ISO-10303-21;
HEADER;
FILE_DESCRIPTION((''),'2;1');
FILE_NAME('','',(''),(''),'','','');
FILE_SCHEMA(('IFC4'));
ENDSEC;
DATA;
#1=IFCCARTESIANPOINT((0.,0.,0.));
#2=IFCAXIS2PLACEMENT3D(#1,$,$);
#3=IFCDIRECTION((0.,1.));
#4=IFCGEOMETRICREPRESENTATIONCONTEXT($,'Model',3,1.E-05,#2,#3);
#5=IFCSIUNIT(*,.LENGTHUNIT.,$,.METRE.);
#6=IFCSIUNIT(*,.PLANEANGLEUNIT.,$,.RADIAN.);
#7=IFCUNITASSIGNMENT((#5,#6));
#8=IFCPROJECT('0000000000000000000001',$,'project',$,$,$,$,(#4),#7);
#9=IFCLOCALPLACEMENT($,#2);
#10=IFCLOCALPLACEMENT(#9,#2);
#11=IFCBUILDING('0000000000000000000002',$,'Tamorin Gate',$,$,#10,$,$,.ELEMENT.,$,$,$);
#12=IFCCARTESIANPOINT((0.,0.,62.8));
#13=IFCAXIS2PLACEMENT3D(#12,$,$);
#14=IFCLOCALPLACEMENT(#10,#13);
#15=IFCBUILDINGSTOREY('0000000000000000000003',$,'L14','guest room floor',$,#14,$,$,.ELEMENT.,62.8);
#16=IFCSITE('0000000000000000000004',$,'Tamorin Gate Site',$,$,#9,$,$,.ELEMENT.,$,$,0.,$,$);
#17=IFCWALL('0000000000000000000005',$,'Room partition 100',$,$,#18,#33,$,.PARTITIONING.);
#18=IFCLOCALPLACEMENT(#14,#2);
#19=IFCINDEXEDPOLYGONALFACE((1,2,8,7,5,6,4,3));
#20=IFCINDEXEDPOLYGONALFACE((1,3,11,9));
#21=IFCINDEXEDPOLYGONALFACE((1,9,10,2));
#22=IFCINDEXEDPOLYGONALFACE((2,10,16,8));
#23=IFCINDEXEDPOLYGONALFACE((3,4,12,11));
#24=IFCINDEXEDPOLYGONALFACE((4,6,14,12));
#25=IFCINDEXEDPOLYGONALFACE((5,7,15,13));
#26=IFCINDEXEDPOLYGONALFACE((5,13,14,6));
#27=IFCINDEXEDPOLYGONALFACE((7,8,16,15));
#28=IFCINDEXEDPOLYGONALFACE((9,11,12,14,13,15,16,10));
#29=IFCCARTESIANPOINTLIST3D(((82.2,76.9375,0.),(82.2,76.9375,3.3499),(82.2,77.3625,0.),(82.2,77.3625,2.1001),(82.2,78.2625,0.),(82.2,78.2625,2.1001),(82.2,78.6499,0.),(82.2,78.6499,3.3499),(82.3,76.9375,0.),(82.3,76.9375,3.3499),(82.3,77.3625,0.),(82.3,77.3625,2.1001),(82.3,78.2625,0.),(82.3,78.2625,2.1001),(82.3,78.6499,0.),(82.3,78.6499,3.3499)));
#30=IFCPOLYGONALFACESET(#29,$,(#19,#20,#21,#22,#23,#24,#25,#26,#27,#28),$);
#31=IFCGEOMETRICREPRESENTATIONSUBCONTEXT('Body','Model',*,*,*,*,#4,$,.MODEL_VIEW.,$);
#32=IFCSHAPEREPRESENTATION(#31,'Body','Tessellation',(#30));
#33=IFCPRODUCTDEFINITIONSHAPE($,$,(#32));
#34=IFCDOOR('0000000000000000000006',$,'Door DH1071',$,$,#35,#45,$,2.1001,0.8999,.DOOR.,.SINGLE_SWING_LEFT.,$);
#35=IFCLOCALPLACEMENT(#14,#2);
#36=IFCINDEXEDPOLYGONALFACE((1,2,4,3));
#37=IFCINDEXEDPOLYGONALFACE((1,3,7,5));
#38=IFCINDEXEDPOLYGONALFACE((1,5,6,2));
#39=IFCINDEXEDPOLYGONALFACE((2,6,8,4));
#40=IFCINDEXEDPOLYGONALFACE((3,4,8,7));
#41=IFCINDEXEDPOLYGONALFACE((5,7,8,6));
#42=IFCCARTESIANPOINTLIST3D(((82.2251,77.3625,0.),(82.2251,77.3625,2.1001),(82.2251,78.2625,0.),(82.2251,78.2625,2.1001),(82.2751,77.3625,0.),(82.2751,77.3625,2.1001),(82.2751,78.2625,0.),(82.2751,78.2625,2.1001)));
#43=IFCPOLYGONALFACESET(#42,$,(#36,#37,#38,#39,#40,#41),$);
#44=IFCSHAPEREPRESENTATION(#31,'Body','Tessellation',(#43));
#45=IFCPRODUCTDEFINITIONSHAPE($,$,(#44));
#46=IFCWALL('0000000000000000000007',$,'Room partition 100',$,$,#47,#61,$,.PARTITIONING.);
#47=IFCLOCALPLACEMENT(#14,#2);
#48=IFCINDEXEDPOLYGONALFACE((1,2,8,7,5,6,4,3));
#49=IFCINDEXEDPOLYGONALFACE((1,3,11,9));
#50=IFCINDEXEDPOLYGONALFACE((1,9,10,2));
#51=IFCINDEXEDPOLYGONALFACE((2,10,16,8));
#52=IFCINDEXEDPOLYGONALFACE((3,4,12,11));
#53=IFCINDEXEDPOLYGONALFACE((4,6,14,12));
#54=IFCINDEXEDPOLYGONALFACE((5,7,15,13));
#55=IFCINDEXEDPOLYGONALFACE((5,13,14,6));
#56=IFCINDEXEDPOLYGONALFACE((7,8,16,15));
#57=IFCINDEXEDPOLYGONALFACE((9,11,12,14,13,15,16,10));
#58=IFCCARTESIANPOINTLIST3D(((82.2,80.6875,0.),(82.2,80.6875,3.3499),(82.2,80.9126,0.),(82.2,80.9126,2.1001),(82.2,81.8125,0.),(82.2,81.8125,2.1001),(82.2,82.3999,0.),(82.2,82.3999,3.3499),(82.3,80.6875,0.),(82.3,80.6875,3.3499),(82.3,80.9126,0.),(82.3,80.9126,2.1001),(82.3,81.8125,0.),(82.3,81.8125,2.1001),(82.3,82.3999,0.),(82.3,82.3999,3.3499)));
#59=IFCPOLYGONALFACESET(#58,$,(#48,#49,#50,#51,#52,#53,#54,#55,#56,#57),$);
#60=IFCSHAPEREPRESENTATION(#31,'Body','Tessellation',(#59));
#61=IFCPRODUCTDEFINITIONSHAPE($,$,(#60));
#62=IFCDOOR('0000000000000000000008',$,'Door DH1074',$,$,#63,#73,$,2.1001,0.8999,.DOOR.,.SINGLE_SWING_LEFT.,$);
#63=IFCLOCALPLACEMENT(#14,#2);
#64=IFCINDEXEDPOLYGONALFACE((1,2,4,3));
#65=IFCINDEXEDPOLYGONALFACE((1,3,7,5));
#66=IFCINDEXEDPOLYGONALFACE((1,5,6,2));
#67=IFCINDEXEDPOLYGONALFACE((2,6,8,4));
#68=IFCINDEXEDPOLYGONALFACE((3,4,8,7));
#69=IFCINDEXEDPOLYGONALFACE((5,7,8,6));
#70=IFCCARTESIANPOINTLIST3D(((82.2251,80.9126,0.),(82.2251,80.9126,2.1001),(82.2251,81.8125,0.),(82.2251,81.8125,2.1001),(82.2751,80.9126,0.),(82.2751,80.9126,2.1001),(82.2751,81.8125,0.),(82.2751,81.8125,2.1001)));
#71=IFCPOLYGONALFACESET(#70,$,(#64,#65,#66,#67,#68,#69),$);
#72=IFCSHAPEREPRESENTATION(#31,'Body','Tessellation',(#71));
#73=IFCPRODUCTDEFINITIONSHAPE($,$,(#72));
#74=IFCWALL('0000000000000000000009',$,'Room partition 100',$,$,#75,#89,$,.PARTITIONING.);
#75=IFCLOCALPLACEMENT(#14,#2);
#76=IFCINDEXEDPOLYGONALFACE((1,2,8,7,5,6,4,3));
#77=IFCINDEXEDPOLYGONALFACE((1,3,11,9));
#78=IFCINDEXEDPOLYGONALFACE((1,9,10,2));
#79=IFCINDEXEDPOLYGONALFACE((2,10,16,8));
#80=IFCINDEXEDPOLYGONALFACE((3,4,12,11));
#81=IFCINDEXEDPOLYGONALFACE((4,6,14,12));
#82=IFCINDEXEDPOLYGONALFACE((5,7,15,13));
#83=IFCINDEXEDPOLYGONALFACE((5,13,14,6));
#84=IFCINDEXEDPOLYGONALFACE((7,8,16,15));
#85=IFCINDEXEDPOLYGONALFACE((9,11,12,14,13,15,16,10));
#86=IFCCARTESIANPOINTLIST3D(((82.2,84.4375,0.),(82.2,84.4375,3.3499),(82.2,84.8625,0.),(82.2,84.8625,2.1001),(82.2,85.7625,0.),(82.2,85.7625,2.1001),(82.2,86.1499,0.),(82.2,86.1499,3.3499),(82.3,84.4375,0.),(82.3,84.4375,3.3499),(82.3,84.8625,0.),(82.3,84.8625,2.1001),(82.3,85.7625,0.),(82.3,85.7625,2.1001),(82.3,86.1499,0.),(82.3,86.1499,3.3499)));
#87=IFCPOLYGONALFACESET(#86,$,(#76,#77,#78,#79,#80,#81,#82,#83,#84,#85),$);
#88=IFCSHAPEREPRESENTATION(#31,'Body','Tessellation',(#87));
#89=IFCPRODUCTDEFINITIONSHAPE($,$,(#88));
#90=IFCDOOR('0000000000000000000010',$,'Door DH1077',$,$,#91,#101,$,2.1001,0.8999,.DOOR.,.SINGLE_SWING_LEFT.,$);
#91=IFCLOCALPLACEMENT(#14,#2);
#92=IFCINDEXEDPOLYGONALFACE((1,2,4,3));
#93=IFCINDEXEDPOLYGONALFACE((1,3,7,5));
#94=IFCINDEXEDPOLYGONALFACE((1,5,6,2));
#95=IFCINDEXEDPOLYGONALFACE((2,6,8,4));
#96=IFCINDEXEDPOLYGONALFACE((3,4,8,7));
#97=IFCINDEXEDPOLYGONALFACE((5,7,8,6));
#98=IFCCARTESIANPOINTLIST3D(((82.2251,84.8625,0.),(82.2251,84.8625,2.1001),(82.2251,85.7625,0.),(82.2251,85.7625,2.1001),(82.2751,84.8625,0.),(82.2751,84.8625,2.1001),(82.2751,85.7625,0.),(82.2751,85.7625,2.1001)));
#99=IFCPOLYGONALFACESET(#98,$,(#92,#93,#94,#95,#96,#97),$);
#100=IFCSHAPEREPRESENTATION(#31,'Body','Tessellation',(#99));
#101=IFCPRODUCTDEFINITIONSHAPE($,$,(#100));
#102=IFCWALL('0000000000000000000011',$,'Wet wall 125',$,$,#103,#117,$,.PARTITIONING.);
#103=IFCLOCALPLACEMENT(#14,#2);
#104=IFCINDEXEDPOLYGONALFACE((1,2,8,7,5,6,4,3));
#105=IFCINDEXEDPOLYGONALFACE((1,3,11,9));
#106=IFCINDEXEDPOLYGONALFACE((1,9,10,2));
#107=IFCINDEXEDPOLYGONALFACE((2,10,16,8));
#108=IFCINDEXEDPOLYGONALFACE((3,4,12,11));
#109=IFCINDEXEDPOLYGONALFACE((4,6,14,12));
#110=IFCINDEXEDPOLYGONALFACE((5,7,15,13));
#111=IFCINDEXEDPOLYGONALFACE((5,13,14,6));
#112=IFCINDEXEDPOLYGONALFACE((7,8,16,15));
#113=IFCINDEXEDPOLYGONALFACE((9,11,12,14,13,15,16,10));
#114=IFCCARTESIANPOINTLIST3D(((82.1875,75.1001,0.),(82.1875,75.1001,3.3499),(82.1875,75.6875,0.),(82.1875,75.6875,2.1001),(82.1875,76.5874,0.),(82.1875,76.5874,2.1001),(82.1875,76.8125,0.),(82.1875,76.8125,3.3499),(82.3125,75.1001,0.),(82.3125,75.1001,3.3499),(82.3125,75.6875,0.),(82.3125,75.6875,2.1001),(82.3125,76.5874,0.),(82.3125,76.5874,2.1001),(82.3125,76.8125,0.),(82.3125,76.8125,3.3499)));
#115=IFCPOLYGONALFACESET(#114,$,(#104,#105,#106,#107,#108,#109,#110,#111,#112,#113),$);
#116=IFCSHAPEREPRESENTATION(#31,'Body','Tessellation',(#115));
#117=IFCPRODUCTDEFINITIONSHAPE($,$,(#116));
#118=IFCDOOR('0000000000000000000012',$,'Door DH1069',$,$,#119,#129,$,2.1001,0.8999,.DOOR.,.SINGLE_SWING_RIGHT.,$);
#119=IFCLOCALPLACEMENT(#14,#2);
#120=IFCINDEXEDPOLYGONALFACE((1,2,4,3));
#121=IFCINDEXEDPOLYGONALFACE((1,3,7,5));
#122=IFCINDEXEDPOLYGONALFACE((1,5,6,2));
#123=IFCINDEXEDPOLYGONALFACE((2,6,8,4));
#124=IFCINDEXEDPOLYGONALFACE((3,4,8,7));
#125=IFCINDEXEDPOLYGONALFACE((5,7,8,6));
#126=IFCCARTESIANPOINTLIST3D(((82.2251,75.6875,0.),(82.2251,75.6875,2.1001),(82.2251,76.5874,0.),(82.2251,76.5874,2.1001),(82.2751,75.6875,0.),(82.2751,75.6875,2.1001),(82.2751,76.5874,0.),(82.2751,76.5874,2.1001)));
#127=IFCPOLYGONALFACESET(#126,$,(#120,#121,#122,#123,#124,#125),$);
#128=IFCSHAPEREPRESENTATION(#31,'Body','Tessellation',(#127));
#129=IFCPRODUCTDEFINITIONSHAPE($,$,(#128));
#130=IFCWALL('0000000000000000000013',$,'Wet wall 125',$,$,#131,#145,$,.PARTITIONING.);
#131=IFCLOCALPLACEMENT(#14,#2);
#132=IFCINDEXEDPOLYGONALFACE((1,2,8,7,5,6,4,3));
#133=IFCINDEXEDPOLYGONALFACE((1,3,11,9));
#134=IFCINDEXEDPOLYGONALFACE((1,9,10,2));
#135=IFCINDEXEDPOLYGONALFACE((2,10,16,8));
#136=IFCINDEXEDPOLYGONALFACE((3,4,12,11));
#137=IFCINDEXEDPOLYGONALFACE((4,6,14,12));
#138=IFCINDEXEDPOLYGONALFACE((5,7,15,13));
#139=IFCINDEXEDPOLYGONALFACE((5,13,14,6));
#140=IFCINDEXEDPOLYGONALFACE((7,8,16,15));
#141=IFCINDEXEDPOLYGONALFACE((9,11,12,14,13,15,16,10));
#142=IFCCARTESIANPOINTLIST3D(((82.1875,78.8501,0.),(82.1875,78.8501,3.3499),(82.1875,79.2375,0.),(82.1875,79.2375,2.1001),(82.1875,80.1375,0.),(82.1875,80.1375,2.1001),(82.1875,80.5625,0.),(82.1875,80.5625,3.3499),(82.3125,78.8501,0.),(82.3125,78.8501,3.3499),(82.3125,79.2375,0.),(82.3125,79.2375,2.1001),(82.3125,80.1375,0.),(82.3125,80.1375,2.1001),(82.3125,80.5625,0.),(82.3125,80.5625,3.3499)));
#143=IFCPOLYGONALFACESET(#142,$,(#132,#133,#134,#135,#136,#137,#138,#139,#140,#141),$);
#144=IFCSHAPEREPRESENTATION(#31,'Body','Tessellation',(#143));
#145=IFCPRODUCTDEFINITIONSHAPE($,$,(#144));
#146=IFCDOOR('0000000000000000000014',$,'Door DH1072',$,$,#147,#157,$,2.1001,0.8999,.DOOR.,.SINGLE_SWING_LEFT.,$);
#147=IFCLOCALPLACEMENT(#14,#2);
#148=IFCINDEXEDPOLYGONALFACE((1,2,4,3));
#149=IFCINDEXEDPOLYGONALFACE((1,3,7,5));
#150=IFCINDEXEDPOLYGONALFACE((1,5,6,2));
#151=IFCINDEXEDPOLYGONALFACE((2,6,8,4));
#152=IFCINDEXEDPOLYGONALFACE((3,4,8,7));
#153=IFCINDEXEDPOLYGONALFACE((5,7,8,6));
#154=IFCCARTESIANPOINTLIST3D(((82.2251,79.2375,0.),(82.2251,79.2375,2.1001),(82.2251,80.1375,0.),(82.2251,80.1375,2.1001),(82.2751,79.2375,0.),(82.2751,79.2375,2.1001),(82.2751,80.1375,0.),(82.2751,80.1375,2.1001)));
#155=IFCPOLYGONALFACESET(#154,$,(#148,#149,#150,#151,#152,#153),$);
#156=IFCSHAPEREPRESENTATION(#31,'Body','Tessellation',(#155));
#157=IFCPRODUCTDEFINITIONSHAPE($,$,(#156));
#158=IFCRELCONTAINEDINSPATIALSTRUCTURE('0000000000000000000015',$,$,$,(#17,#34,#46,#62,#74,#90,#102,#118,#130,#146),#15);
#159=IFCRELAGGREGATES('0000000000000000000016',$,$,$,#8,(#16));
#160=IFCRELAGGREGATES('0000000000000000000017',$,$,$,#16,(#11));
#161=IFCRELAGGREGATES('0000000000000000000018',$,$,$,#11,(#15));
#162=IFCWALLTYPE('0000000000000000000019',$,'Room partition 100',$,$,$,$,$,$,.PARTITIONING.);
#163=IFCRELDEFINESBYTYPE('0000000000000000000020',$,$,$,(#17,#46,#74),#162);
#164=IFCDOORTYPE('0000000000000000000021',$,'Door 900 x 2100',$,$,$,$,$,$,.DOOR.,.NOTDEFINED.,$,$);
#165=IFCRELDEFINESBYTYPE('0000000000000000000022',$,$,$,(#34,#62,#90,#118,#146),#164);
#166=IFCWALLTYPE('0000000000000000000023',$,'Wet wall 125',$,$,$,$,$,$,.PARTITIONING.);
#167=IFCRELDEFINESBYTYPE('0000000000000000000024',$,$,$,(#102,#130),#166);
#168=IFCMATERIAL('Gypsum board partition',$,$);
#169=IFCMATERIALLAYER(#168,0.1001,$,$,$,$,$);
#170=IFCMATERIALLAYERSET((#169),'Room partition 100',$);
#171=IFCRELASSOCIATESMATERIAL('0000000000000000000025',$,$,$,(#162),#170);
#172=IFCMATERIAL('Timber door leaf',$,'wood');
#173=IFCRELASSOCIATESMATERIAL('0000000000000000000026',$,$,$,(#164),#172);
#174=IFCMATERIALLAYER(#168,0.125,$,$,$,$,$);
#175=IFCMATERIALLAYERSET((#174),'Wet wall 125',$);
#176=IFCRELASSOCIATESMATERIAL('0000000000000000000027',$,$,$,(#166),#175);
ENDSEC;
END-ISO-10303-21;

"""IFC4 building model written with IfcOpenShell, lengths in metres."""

from ifc_helpers import new_model, si_unit, direction, frame, frame_2d, origin, place, context, subcontext, project, spatial, rectangle, extrude, material, layer, layer_set, type_object, element, fill, save


model = new_model("IFC4")

# Units and contexts
model_context = context("Model", 3, precision=1e-05, world=origin(), true_north=direction((0.0, 1.0)))
body_context = subcontext(model_context, "Body", "Model", "MODEL_VIEW")
ifc_project = project(units=[si_unit("LENGTHUNIT", "METRE"), si_unit("PLANEANGLEUNIT", "RADIAN")], contexts=[model_context])

# Site, building, storey
site_placement = place(None, origin())
site = spatial("IfcSite", under=ifc_project, at=site_placement, Name="Tamorin Gate Site", CompositionType="ELEMENT", RefElevation=0.0)
building_placement = place(site_placement, origin())
building = spatial("IfcBuilding", under=site, at=building_placement, Name="Tamorin Gate", CompositionType="ELEMENT")
storey_placement = place(building_placement, frame((0.0, 0.0, 62.8)))
storey = spatial("IfcBuildingStorey", under=building, at=storey_placement, Name="L14", Description="guest room floor", CompositionType="ELEMENT", Elevation=62.8)

# Walls, openings, doors
ifc_material_1 = material(Name="Gypsum board partition")
ifc_layer_1 = layer(ifc_material_1, 0.1001)
ifc_layer_set_1 = layer_set([ifc_layer_1], Name="Room partition 100")
wall_type_1 = type_object("IfcWallType", Name="Room partition 100", PredefinedType="PARTITIONING", material=ifc_layer_set_1)
wall_1_placement = place(storey_placement, frame((82.25, 76.9375, 0.0), z_axis=(0.0, 0.0, 1.0), x_axis=(0.0, 1.0, 0.0)))
wall_1 = element("IfcWall", 1, at=wall_1_placement, inside=storey, type_object=wall_type_1, Name="Room partition 100", PredefinedType="PARTITIONING", context=body_context, shape_type="SweptSolid", body=[
    extrude(rectangle(XDim=1.7124, YDim=0.1001, at=frame_2d((0.8562, 0.0))), origin(), (0.0, 0.0, 1.0), 3.3499),
])
opening_1_placement = place(wall_1_placement, frame((0.425, 0.0, 0.0)))
opening_1 = element("IfcOpeningElement", 2, at=opening_1_placement, cuts=wall_1, PredefinedType="OPENING", context=body_context, shape_type="SweptSolid", body=[
    extrude(rectangle(XDim=0.8999, YDim=2.1001, at=frame_2d((0.45, 1.05))), frame((0.0, 0.0601, 0.0), z_axis=(0.0, -1.0, 0.0), x_axis=(1.0, 0.0, 0.0)), (0.0, 0.0, 1.0), 0.1201),
])
ifc_material_2 = material(Name="Timber door leaf", Category="wood")
door_type = type_object("IfcDoorType", Name="Door 900 x 2100", OperationType="NOTDEFINED", PredefinedType="DOOR", material=ifc_material_2)
door_1_placement = place(opening_1_placement, origin())
door_1 = element("IfcDoor", 3, at=door_1_placement, inside=storey, type_object=door_type, Name="Door DH1071", OperationType="SINGLE_SWING_LEFT", OverallHeight=2.1001, OverallWidth=0.8999, PredefinedType="DOOR", context=body_context, shape_type="SweptSolid", body=[
    extrude(rectangle(XDim=0.8999, YDim=2.1001, at=frame_2d((0.45, 1.05))), frame((0.0, 0.0249, 0.0), z_axis=(0.0, -1.0, 0.0), x_axis=(1.0, 0.0, 0.0)), (0.0, 0.0, 1.0), 0.05),
])
fill(opening_1, door_1)
wall_2_placement = place(storey_placement, frame((82.25, 80.6875, 0.0), z_axis=(0.0, 0.0, 1.0), x_axis=(0.0, 1.0, 0.0)))
wall_2 = element("IfcWall", 4, at=wall_2_placement, inside=storey, type_object=wall_type_1, Name="Room partition 100", PredefinedType="PARTITIONING", context=body_context, shape_type="SweptSolid", body=[
    extrude(rectangle(XDim=1.7124, YDim=0.1001, at=frame_2d((0.8562, 0.0))), origin(), (0.0, 0.0, 1.0), 3.3499),
])
opening_2_placement = place(wall_2_placement, frame((0.2251, 0.0, 0.0)))
opening_2 = element("IfcOpeningElement", 5, at=opening_2_placement, cuts=wall_2, PredefinedType="OPENING", context=body_context, shape_type="SweptSolid", body=[
    extrude(rectangle(XDim=0.8999, YDim=2.1001, at=frame_2d((0.45, 1.05))), frame((0.0, 0.0601, 0.0), z_axis=(0.0, -1.0, 0.0), x_axis=(1.0, 0.0, 0.0)), (0.0, 0.0, 1.0), 0.1201),
])
door_2_placement = place(opening_2_placement, origin())
door_2 = element("IfcDoor", 6, at=door_2_placement, inside=storey, type_object=door_type, Name="Door DH1074", OperationType="SINGLE_SWING_LEFT", OverallHeight=2.1001, OverallWidth=0.8999, PredefinedType="DOOR", context=body_context, shape_type="SweptSolid", body=[
    extrude(rectangle(XDim=0.8999, YDim=2.1001, at=frame_2d((0.45, 1.05))), frame((0.0, 0.0249, 0.0), z_axis=(0.0, -1.0, 0.0), x_axis=(1.0, 0.0, 0.0)), (0.0, 0.0, 1.0), 0.05),
])
fill(opening_2, door_2)
wall_3_placement = place(storey_placement, frame((82.25, 84.4375, 0.0), z_axis=(0.0, 0.0, 1.0), x_axis=(0.0, 1.0, 0.0)))
wall_3 = element("IfcWall", 7, at=wall_3_placement, inside=storey, type_object=wall_type_1, Name="Room partition 100", PredefinedType="PARTITIONING", context=body_context, shape_type="SweptSolid", body=[
    extrude(rectangle(XDim=1.7124, YDim=0.1001, at=frame_2d((0.8562, 0.0))), origin(), (0.0, 0.0, 1.0), 3.3499),
])
opening_3_placement = place(wall_3_placement, frame((0.425, 0.0, 0.0)))
opening_3 = element("IfcOpeningElement", 8, at=opening_3_placement, cuts=wall_3, PredefinedType="OPENING", context=body_context, shape_type="SweptSolid", body=[
    extrude(rectangle(XDim=0.8999, YDim=2.1001, at=frame_2d((0.45, 1.05))), frame((0.0, 0.0601, 0.0), z_axis=(0.0, -1.0, 0.0), x_axis=(1.0, 0.0, 0.0)), (0.0, 0.0, 1.0), 0.1201),
])
door_3_placement = place(opening_3_placement, origin())
door_3 = element("IfcDoor", 9, at=door_3_placement, inside=storey, type_object=door_type, Name="Door DH1077", OperationType="SINGLE_SWING_LEFT", OverallHeight=2.1001, OverallWidth=0.8999, PredefinedType="DOOR", context=body_context, shape_type="SweptSolid", body=[
    extrude(rectangle(XDim=0.8999, YDim=2.1001, at=frame_2d((0.45, 1.05))), frame((0.0, 0.0249, 0.0), z_axis=(0.0, -1.0, 0.0), x_axis=(1.0, 0.0, 0.0)), (0.0, 0.0, 1.0), 0.05),
])
fill(opening_3, door_3)
ifc_layer_2 = layer(ifc_material_1, 0.125)
ifc_layer_set_2 = layer_set([ifc_layer_2], Name="Wet wall 125")
wall_type_2 = type_object("IfcWallType", Name="Wet wall 125", PredefinedType="PARTITIONING", material=ifc_layer_set_2)
wall_4_placement = place(storey_placement, frame((82.25, 75.1001, 0.0), z_axis=(0.0, 0.0, 1.0), x_axis=(0.0, 1.0, 0.0)))
wall_4 = element("IfcWall", 10, at=wall_4_placement, inside=storey, type_object=wall_type_2, Name="Wet wall 125", PredefinedType="PARTITIONING", context=body_context, shape_type="SweptSolid", body=[
    extrude(rectangle(XDim=1.7124, YDim=0.125, at=frame_2d((0.8562, 0.0))), origin(), (0.0, 0.0, 1.0), 3.3499),
])
opening_4_placement = place(wall_4_placement, frame((0.5874, 0.0, 0.0)))
opening_4 = element("IfcOpeningElement", 11, at=opening_4_placement, cuts=wall_4, PredefinedType="OPENING", context=body_context, shape_type="SweptSolid", body=[
    extrude(rectangle(XDim=0.8999, YDim=2.1001, at=frame_2d((0.45, 1.05))), frame((0.0, 0.0725, 0.0), z_axis=(0.0, -1.0, 0.0), x_axis=(1.0, 0.0, 0.0)), (0.0, 0.0, 1.0), 0.145),
])
door_4_placement = place(opening_4_placement, origin())
door_4 = element("IfcDoor", 12, at=door_4_placement, inside=storey, type_object=door_type, Name="Door DH1069", OperationType="SINGLE_SWING_RIGHT", OverallHeight=2.1001, OverallWidth=0.8999, PredefinedType="DOOR", context=body_context, shape_type="SweptSolid", body=[
    extrude(rectangle(XDim=0.8999, YDim=2.1001, at=frame_2d((0.45, 1.05))), frame((0.0, 0.0249, 0.0), z_axis=(0.0, -1.0, 0.0), x_axis=(1.0, 0.0, 0.0)), (0.0, 0.0, 1.0), 0.05),
])
fill(opening_4, door_4)
wall_5_placement = place(storey_placement, frame((82.25, 78.8501, 0.0), z_axis=(0.0, 0.0, 1.0), x_axis=(0.0, 1.0, 0.0)))
wall_5 = element("IfcWall", 13, at=wall_5_placement, inside=storey, type_object=wall_type_2, Name="Wet wall 125", PredefinedType="PARTITIONING", context=body_context, shape_type="SweptSolid", body=[
    extrude(rectangle(XDim=1.7124, YDim=0.125, at=frame_2d((0.8562, 0.0))), origin(), (0.0, 0.0, 1.0), 3.3499),
])
opening_5_placement = place(wall_5_placement, frame((0.3875, 0.0, 0.0)))
opening_5 = element("IfcOpeningElement", 14, at=opening_5_placement, cuts=wall_5, PredefinedType="OPENING", context=body_context, shape_type="SweptSolid", body=[
    extrude(rectangle(XDim=0.8999, YDim=2.1001, at=frame_2d((0.45, 1.05))), frame((0.0, 0.0725, 0.0), z_axis=(0.0, -1.0, 0.0), x_axis=(1.0, 0.0, 0.0)), (0.0, 0.0, 1.0), 0.145),
])
door_5_placement = place(opening_5_placement, origin())
door_5 = element("IfcDoor", 15, at=door_5_placement, inside=storey, type_object=door_type, Name="Door DH1072", OperationType="SINGLE_SWING_LEFT", OverallHeight=2.1001, OverallWidth=0.8999, PredefinedType="DOOR", context=body_context, shape_type="SweptSolid", body=[
    extrude(rectangle(XDim=0.8999, YDim=2.1001, at=frame_2d((0.45, 1.05))), frame((0.0, 0.0249, 0.0), z_axis=(0.0, -1.0, 0.0), x_axis=(1.0, 0.0, 0.0)), (0.0, 0.0, 1.0), 0.05),
])
fill(opening_5, door_5)

save(model, "model.ifc")
